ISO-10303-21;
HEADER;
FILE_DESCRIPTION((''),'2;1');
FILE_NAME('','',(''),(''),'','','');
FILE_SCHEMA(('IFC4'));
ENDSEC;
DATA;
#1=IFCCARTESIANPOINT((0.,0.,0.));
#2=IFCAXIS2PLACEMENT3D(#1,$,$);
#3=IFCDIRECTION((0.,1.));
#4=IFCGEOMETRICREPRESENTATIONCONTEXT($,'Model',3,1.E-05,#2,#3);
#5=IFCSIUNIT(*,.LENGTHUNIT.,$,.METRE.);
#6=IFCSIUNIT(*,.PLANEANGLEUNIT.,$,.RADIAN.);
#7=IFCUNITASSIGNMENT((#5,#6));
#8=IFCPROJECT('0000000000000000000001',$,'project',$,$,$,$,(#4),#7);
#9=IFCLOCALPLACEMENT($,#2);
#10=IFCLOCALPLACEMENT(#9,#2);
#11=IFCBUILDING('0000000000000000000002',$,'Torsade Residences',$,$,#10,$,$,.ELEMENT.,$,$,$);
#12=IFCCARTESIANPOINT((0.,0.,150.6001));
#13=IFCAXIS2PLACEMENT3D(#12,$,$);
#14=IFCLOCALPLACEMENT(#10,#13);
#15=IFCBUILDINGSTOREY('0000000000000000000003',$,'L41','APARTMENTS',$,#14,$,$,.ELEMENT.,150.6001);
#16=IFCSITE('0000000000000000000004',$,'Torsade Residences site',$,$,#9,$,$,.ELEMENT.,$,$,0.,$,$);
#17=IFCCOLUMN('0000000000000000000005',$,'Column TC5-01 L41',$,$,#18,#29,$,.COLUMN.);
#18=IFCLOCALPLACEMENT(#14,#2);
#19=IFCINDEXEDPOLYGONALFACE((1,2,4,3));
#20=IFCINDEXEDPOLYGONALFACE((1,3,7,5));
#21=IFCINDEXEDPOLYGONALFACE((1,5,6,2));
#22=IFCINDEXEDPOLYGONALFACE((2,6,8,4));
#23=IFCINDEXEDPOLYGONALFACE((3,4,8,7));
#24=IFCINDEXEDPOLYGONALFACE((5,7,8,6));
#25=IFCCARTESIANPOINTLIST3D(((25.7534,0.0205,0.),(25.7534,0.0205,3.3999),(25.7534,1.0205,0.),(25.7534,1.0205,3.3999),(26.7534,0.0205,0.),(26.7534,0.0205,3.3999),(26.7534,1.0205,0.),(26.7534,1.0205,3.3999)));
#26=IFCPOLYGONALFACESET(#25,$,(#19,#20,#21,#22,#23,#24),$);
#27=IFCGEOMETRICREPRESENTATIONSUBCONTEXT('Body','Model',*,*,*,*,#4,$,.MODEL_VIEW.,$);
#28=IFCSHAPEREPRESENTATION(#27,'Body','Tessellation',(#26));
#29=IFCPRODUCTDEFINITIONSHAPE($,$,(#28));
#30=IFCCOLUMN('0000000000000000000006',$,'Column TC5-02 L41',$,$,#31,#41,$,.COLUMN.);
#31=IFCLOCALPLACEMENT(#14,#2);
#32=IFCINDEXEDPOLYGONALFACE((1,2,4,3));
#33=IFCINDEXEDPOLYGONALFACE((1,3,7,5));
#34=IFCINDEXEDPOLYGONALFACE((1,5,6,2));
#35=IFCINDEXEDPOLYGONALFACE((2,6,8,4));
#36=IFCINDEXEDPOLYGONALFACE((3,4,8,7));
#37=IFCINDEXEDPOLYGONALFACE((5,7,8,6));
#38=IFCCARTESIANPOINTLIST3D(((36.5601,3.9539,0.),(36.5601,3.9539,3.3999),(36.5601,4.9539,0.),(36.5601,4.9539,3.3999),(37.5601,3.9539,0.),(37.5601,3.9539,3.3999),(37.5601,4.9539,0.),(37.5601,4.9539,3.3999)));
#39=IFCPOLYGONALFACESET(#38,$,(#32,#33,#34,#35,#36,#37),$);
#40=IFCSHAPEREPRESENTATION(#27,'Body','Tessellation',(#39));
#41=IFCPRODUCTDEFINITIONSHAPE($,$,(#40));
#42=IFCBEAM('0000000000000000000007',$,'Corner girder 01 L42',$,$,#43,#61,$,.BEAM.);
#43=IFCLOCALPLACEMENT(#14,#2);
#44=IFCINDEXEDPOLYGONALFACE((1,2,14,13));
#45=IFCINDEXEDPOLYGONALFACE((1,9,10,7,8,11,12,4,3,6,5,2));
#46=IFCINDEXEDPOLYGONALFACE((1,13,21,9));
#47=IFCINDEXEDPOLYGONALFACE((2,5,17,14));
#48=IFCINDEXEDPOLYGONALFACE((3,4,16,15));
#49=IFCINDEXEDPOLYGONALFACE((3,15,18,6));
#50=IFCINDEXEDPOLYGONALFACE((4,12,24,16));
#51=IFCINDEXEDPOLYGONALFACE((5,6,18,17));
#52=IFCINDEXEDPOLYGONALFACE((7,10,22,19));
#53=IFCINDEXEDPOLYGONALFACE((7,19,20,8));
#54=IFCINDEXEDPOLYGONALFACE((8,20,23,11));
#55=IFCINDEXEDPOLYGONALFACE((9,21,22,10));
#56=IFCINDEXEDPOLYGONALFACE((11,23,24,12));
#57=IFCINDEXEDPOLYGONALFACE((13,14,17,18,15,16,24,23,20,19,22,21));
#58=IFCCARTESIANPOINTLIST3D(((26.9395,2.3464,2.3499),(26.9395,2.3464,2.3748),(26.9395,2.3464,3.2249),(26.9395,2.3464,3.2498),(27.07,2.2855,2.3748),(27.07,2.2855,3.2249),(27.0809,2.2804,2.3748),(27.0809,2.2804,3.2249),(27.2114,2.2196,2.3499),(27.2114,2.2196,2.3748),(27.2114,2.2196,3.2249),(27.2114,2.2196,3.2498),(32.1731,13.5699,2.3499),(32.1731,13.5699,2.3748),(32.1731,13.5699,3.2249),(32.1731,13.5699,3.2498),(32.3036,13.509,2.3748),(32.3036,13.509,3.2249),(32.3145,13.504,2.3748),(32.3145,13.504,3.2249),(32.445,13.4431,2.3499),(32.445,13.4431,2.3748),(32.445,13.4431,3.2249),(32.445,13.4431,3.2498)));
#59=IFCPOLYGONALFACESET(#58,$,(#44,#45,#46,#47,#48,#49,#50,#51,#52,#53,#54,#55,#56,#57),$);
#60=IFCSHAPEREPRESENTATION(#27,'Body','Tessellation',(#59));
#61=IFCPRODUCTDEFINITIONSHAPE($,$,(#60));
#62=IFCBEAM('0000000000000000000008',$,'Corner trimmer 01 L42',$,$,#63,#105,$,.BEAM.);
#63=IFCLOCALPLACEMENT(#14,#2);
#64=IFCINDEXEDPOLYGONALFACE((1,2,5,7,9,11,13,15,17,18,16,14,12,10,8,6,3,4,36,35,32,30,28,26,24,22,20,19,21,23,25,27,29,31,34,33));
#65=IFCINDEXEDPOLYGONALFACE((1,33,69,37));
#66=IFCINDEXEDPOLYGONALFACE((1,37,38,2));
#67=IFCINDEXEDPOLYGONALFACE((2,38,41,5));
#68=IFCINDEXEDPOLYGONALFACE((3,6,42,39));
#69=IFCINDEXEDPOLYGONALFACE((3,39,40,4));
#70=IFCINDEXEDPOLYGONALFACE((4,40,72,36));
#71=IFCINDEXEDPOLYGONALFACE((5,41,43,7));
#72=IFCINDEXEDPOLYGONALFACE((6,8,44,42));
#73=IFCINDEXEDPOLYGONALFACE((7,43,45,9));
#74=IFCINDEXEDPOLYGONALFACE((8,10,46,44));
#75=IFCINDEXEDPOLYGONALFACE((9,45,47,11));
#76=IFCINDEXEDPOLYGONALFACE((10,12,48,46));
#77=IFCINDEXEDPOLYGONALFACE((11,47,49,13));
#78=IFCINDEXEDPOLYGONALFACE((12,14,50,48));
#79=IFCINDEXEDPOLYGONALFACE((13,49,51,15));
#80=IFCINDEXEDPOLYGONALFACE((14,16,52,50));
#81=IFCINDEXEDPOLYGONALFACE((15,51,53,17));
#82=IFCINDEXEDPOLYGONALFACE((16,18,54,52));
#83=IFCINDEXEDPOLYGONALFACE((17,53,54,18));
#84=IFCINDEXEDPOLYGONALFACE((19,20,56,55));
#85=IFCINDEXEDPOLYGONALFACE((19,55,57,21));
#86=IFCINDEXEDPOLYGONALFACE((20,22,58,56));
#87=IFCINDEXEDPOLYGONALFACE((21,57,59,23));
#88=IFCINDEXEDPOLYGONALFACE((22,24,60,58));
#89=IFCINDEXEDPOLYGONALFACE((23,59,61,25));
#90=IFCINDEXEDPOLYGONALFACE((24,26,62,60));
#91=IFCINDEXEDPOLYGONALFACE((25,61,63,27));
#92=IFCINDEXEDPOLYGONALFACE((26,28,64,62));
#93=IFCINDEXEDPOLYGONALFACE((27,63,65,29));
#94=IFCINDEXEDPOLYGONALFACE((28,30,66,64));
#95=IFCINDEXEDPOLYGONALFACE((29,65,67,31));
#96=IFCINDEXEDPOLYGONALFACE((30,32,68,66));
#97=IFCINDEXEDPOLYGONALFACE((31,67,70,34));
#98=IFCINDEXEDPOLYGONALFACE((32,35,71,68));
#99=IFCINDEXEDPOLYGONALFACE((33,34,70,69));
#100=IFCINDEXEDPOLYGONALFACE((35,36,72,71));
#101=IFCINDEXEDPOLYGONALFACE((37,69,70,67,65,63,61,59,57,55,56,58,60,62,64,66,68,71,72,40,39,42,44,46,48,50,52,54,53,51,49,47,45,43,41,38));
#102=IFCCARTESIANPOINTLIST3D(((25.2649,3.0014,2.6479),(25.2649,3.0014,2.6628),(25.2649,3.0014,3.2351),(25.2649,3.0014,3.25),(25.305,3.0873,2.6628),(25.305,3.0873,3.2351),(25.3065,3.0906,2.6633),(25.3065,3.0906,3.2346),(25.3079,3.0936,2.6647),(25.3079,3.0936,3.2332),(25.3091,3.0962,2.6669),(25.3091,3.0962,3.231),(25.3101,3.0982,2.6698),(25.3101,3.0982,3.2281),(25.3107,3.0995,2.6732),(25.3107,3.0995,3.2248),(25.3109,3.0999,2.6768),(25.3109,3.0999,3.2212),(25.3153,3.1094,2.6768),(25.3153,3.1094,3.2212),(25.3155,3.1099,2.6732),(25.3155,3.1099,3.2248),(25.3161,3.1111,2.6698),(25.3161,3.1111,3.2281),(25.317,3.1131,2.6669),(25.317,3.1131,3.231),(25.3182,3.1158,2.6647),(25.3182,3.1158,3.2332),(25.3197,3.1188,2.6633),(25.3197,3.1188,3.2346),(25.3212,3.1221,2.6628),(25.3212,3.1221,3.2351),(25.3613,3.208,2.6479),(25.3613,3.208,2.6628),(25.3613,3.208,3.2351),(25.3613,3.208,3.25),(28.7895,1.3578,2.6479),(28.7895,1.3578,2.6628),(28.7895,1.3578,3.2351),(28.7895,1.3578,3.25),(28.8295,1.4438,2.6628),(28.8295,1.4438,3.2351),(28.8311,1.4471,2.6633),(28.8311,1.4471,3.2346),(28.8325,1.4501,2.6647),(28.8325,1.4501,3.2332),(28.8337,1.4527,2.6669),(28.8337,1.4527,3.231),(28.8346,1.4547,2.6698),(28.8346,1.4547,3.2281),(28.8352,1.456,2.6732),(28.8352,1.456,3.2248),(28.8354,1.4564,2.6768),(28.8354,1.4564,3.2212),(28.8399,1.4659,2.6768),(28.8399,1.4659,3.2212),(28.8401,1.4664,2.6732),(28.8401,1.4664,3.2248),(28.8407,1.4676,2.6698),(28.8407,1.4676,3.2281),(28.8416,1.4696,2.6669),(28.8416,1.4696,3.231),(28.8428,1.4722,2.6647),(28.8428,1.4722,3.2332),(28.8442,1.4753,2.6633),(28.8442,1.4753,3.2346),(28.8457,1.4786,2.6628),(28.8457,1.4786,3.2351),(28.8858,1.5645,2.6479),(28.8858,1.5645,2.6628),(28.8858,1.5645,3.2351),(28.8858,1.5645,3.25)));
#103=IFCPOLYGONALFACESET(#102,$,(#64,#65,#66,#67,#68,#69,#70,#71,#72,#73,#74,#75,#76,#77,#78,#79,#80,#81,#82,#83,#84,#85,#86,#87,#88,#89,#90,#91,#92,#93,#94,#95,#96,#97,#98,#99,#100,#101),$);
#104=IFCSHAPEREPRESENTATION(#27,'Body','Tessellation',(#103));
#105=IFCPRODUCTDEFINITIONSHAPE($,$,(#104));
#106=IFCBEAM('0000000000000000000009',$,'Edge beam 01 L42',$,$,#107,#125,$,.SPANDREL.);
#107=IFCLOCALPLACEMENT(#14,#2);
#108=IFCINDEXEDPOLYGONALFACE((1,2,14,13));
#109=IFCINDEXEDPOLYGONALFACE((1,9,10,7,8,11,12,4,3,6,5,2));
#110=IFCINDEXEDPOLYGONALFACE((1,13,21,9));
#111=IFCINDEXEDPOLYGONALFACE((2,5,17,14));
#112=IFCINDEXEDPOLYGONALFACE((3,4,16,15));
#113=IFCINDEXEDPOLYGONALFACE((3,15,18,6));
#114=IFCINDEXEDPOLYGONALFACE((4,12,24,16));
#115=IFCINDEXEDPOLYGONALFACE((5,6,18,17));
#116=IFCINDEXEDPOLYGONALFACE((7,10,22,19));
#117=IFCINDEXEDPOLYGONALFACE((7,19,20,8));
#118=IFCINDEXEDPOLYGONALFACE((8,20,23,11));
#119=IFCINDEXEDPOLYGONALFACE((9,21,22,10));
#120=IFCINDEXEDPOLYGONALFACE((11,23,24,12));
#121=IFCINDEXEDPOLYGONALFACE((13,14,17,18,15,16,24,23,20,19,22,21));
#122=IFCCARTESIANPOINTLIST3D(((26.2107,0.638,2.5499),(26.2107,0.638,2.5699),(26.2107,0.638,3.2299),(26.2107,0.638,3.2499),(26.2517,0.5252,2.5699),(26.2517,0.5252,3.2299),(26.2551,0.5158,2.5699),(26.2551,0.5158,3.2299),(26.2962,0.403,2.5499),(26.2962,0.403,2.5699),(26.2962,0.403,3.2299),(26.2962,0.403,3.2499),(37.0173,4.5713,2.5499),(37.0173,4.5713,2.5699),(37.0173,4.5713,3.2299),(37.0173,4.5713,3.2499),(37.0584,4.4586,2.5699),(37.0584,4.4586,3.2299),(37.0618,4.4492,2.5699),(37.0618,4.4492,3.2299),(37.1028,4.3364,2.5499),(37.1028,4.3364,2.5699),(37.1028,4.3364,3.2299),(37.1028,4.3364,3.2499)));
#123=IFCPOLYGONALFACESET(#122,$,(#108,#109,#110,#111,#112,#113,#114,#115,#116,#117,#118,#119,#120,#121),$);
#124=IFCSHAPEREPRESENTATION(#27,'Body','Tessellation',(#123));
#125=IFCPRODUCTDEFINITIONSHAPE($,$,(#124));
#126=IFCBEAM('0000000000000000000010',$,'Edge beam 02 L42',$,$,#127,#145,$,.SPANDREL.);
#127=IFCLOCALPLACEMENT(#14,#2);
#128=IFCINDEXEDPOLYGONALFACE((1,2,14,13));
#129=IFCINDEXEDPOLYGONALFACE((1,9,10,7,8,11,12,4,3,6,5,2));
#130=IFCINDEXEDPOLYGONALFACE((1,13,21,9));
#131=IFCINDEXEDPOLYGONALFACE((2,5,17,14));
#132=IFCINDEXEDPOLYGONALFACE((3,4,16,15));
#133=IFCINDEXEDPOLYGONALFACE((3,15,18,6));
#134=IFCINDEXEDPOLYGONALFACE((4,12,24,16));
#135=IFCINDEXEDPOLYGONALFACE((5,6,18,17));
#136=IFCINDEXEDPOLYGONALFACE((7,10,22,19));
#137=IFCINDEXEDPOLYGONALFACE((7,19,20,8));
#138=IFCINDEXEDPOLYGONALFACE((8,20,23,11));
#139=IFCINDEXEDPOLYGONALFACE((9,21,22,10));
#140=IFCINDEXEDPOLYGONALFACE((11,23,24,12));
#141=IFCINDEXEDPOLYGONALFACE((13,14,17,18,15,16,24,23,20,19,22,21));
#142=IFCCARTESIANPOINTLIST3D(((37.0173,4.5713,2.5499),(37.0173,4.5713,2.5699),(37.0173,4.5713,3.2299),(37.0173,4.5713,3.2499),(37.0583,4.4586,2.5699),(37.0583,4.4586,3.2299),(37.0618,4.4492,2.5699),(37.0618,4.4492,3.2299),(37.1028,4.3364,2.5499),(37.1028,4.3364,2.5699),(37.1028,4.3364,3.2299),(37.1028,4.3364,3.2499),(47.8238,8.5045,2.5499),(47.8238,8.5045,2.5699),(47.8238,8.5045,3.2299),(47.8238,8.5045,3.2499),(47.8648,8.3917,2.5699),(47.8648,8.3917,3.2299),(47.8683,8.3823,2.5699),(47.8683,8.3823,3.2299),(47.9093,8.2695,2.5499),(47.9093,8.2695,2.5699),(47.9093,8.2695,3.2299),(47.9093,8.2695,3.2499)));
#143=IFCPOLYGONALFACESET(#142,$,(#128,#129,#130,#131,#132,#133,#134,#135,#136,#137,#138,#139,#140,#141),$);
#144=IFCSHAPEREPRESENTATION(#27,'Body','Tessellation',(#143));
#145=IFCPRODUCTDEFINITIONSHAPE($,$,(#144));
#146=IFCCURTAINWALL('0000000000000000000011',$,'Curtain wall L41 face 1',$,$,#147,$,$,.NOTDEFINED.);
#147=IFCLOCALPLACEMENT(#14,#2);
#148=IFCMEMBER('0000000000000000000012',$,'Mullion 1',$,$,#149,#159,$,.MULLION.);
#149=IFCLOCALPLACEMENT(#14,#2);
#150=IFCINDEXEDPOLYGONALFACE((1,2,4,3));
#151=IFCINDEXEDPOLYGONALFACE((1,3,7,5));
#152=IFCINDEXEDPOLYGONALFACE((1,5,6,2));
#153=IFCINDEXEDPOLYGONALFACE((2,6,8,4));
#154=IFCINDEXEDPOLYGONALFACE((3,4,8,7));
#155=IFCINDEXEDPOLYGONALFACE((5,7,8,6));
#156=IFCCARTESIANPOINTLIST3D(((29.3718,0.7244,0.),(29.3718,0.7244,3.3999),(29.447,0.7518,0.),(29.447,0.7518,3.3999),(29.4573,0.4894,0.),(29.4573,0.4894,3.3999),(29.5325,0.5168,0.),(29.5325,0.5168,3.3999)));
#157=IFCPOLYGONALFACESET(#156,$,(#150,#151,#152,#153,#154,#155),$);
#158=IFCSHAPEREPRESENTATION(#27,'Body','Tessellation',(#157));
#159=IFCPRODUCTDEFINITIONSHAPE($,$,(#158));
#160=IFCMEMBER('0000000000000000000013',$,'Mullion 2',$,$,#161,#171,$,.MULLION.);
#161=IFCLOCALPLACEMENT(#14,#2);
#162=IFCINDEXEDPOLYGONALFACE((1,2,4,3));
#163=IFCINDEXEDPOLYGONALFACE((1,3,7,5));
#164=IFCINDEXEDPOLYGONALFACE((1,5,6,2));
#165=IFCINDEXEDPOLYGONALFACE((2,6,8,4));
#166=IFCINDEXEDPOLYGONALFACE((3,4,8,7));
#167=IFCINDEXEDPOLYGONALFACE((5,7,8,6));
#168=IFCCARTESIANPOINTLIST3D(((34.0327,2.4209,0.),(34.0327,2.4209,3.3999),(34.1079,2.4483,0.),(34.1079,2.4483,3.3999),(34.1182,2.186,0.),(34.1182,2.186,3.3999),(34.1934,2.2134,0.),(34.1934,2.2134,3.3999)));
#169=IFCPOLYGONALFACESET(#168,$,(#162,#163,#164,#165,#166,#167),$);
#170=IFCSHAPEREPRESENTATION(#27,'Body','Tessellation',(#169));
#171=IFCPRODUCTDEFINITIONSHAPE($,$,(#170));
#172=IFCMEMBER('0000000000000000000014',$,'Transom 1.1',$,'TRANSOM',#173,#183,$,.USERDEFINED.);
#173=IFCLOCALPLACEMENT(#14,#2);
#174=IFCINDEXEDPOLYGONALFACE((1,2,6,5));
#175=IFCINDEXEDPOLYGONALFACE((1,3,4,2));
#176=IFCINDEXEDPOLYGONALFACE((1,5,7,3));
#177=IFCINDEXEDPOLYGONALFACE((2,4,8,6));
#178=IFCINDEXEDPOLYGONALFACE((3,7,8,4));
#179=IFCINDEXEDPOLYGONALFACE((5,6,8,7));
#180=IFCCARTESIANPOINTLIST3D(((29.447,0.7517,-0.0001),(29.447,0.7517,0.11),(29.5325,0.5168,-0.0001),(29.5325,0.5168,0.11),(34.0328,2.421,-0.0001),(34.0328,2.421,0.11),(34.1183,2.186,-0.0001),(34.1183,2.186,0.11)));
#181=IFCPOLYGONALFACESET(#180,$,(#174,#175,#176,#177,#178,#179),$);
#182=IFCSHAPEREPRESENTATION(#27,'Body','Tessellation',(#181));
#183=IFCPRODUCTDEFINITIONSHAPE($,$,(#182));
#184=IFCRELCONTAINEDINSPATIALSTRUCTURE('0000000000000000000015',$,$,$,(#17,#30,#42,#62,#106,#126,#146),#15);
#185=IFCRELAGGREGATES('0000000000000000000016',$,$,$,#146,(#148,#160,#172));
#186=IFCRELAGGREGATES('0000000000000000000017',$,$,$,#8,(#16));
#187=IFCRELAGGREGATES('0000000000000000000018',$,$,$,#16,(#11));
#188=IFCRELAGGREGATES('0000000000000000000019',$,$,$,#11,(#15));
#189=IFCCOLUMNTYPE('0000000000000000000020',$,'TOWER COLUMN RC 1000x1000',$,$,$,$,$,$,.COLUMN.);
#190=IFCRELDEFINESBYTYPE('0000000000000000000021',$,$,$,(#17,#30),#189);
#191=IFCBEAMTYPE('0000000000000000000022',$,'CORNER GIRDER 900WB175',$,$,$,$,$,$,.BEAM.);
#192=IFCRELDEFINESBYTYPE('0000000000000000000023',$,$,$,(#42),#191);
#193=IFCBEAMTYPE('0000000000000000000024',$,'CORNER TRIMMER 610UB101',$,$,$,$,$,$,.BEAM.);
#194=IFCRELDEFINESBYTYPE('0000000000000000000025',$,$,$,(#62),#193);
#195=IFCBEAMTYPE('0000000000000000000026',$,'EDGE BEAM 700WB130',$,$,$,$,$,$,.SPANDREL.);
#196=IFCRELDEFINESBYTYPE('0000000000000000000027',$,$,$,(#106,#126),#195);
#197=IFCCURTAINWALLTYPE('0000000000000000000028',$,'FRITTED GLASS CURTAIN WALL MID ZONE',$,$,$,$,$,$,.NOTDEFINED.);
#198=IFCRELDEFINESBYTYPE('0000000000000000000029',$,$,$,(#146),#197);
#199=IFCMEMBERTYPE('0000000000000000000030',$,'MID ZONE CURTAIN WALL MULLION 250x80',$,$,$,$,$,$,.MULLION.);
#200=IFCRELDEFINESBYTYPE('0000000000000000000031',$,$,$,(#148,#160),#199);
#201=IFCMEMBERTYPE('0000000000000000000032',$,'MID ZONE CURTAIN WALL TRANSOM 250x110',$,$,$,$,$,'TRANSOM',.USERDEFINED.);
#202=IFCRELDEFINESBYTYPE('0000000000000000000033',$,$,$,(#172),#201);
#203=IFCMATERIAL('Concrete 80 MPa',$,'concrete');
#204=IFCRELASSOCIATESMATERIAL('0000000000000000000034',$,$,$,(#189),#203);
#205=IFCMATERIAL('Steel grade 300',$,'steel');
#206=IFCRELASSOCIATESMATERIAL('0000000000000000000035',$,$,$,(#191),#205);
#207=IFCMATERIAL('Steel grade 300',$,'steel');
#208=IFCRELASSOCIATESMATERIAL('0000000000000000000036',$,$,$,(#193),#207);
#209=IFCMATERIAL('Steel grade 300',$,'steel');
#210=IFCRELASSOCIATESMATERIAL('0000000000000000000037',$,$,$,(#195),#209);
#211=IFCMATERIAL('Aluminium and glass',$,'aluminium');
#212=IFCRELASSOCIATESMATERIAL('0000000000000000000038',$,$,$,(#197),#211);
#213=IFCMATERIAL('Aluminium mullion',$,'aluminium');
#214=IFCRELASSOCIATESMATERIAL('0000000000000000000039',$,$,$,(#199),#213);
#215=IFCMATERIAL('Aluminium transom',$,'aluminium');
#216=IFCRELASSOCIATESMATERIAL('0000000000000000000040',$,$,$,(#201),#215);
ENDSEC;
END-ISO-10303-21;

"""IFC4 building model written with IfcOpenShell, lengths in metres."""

from ifc_helpers import new_model, si_unit, direction, frame, origin, origin_2d, place, context, subcontext, project, spatial, rectangle, i_section, extrude, material, material_profile, profile_set, type_object, element, aggregate, save


model = new_model("IFC4")

# Units and contexts
model_context = context("Model", 3, precision=1e-05, world=origin(), true_north=direction((0.0, 1.0)))
body_context = subcontext(model_context, "Body", "Model", "MODEL_VIEW")
ifc_project = project(units=[si_unit("LENGTHUNIT", "METRE"), si_unit("PLANEANGLEUNIT", "RADIAN")], contexts=[model_context])

# Site, building, storey
site_placement = place(None, origin())
site = spatial("IfcSite", under=ifc_project, at=site_placement, Name="Torsade Residences site", CompositionType="ELEMENT", RefElevation=0.0)
building_placement = place(site_placement, origin())
building = spatial("IfcBuilding", under=site, at=building_placement, Name="Torsade Residences", CompositionType="ELEMENT")
storey_placement = place(building_placement, frame((0.0, 0.0, 150.6001)))
storey = spatial("IfcBuildingStorey", under=building, at=storey_placement, Name="L41", Description="APARTMENTS", CompositionType="ELEMENT", Elevation=150.6001)

# Columns
ifc_material_1 = material(Name="Concrete 80 MPa", Category="concrete")
ifc_material_profile_1 = material_profile(ifc_material_1, rectangle(XDim=1.0, YDim=1.0, at=origin_2d()), Name="RC 1000x1000")
ifc_profile_set_1 = profile_set([ifc_material_profile_1], Name="Concrete 80 MPa")
column_type = type_object("IfcColumnType", Name="TOWER COLUMN RC 1000x1000", PredefinedType="COLUMN", material=ifc_profile_set_1)
for number, where, z_axis, x_axis, name in (
    (1, (26.2534, 0.5205, 0.0), (0.0, 0.0, 1.0), (1.0, 0.0, 0.0), "Column TC5-01 L41"),
    (2, (37.0601, 4.4539, 0.0), (0.0, 0.0, 1.0), (1.0, 0.0, 0.0), "Column TC5-02 L41"),
):
    element("IfcColumn", number, at=place(storey_placement, frame(where, z_axis=z_axis, x_axis=x_axis)), inside=storey, type_object=column_type, Name=name, PredefinedType="COLUMN", context=body_context, shape_type="SweptSolid", body=[
        extrude(rectangle(XDim=1.0, YDim=1.0, at=origin_2d()), origin(), (0.0, 0.0, 1.0), 3.3999),
    ])

# Beams
ifc_material_2 = material(Name="Steel grade 300", Category="steel")
ifc_material_profile_2 = material_profile(ifc_material_2, i_section(OverallWidth=0.3, OverallDepth=0.8999, WebThickness=0.012, FlangeThickness=0.0249, at=origin_2d()), Name="900WB175")
ifc_profile_set_2 = profile_set([ifc_material_profile_2], Name="Steel grade 300")
beam_type_1 = type_object("IfcBeamType", Name="CORNER GIRDER 900WB175", PredefinedType="BEAM", material=ifc_profile_set_2)
beam_1_placement = place(storey_placement, frame((27.0754, 2.283, 2.7998), z_axis=(0.422617, 0.906309, 0.0), x_axis=(-0.906309, 0.422617, 0.0)))
element("IfcBeam", 3, at=beam_1_placement, inside=storey, type_object=beam_type_1, Name="Corner girder 01 L42", PredefinedType="BEAM", context=body_context, shape_type="SweptSolid", body=[
    extrude(i_section(OverallWidth=0.3, OverallDepth=0.8999, WebThickness=0.012, FlangeThickness=0.0249, at=origin_2d()), origin(), (0.0, 0.0, 1.0), 12.3838),
])
ifc_material_3 = material(Name="Steel grade 300", Category="steel")
ifc_material_profile_3 = material_profile(ifc_material_3, i_section(OverallWidth=0.228, OverallDepth=0.6021, WebThickness=0.0105, FlangeThickness=0.0149, FilletRadius=0.0139, at=origin_2d()), Name="610UB101")
ifc_profile_set_3 = profile_set([ifc_material_profile_3], Name="Steel grade 300")
beam_type_2 = type_object("IfcBeamType", Name="CORNER TRIMMER 610UB101", PredefinedType="BEAM", material=ifc_profile_set_3)
beam_2_placement = place(storey_placement, frame((28.8376, 1.4612, 2.949), z_axis=(-0.90631, 0.422614, 0.0), x_axis=(-0.422614, -0.90631, 0.0)))
element("IfcBeam", 4, at=beam_2_placement, inside=storey, type_object=beam_type_2, Name="Corner trimmer 01 L42", PredefinedType="BEAM", context=body_context, shape_type="SweptSolid", body=[
    extrude(i_section(OverallWidth=0.228, OverallDepth=0.6021, WebThickness=0.0105, FlangeThickness=0.0149, FilletRadius=0.0139, at=origin_2d()), origin(), (0.0, 0.0, 1.0), 3.8889),
])
ifc_material_4 = material(Name="Steel grade 300", Category="steel")
ifc_material_profile_4 = material_profile(ifc_material_4, i_section(OverallWidth=0.25, OverallDepth=0.7, WebThickness=0.01, FlangeThickness=0.02, at=origin_2d()), Name="700WB130")
ifc_profile_set_4 = profile_set([ifc_material_profile_4], Name="Steel grade 300")
beam_type_3 = type_object("IfcBeamType", Name="EDGE BEAM 700WB130", PredefinedType="SPANDREL", material=ifc_profile_set_4)
beam_3_placement = place(storey_placement, frame((26.2534, 0.5205, 2.8999), z_axis=(0.939691, 0.342024, 0.0), x_axis=(-0.342024, 0.939691, 0.0)))
element("IfcBeam", 5, at=beam_3_placement, inside=storey, type_object=beam_type_3, Name="Edge beam 01 L42", PredefinedType="SPANDREL", context=body_context, shape_type="SweptSolid", body=[
    extrude(i_section(OverallWidth=0.25, OverallDepth=0.7, WebThickness=0.01, FlangeThickness=0.02, at=origin_2d()), origin(), (0.0, 0.0, 1.0), 11.5002),
])
beam_4_placement = place(storey_placement, frame((37.0601, 4.4539, 2.8999), z_axis=(0.939695, 0.342012, 0.0), x_axis=(-0.342012, 0.939695, 0.0)))
element("IfcBeam", 6, at=beam_4_placement, inside=storey, type_object=beam_type_3, Name="Edge beam 02 L42", PredefinedType="SPANDREL", context=body_context, shape_type="SweptSolid", body=[
    extrude(i_section(OverallWidth=0.25, OverallDepth=0.7, WebThickness=0.01, FlangeThickness=0.02, at=origin_2d()), origin(), (0.0, 0.0, 1.0), 11.5),
])

# Curtain wall, members
ifc_material_5 = material(Name="Aluminium and glass", Category="aluminium")
curtain_wall_type = type_object("IfcCurtainWallType", Name="FRITTED GLASS CURTAIN WALL MID ZONE", PredefinedType="NOTDEFINED", material=ifc_material_5)
curtain_wall_placement = place(storey_placement, origin())
curtain_wall = element("IfcCurtainWall", 7, at=curtain_wall_placement, inside=storey, type_object=curtain_wall_type, Name="Curtain wall L41 face 1", PredefinedType="NOTDEFINED")
ifc_material_6 = material(Name="Aluminium mullion", Category="aluminium")
ifc_material_profile_5 = material_profile(ifc_material_6, rectangle(XDim=0.25, YDim=0.0801, at=origin_2d()), Name="MID ZONE CURTAIN WALL MULLION 250x80")
ifc_profile_set_5 = profile_set([ifc_material_profile_5], Name="Aluminium mullion")
member_type_1 = type_object("IfcMemberType", Name="MID ZONE CURTAIN WALL MULLION 250x80", PredefinedType="MULLION", material=ifc_profile_set_5)
member_1_placement = place(storey_placement, frame((29.4521, 0.6206, 0.0), z_axis=(0.0, 0.0, 1.0), x_axis=(-0.34202, 0.939693, 0.0)))
member_1 = element("IfcMember", 8, at=member_1_placement, type_object=member_type_1, Name="Mullion 1", PredefinedType="MULLION", context=body_context, shape_type="SweptSolid", body=[
    extrude(rectangle(XDim=0.25, YDim=0.0801, at=origin_2d()), origin(), (0.0, 0.0, 1.0), 3.3999),
])
member_2_placement = place(storey_placement, frame((34.113, 2.3171, 0.0), z_axis=(0.0, 0.0, 1.0), x_axis=(-0.34202, 0.939693, 0.0)))
member_2 = element("IfcMember", 9, at=member_2_placement, type_object=member_type_1, Name="Mullion 2", PredefinedType="MULLION", context=body_context, shape_type="SweptSolid", body=[
    extrude(rectangle(XDim=0.25, YDim=0.0801, at=origin_2d()), origin(), (0.0, 0.0, 1.0), 3.3999),
])
ifc_material_7 = material(Name="Aluminium transom", Category="aluminium")
ifc_material_profile_6 = material_profile(ifc_material_7, rectangle(XDim=0.25, YDim=0.1101, at=origin_2d()), Name="MID ZONE CURTAIN WALL TRANSOM 250x110")
ifc_profile_set_6 = profile_set([ifc_material_profile_6], Name="Aluminium transom")
member_type_2 = type_object("IfcMemberType", Name="MID ZONE CURTAIN WALL TRANSOM 250x110", ElementType="TRANSOM", PredefinedType="USERDEFINED", material=ifc_profile_set_6)
member_3_placement = place(storey_placement, frame((29.4897, 0.6343, 0.0549), z_axis=(0.939684, 0.342044, 0.0), x_axis=(-0.342044, 0.939684, 0.0)))
member_3 = element("IfcMember", 10, at=member_3_placement, type_object=member_type_2, Name="Transom 1.1", ObjectType="TRANSOM", PredefinedType="USERDEFINED", context=body_context, shape_type="SweptSolid", body=[
    extrude(rectangle(XDim=0.25, YDim=0.1101, at=origin_2d()), origin(), (0.0, 0.0, 1.0), 4.8801),
])

aggregate(curtain_wall, [member_1, member_2, member_3])

save(model, "model.ifc")
